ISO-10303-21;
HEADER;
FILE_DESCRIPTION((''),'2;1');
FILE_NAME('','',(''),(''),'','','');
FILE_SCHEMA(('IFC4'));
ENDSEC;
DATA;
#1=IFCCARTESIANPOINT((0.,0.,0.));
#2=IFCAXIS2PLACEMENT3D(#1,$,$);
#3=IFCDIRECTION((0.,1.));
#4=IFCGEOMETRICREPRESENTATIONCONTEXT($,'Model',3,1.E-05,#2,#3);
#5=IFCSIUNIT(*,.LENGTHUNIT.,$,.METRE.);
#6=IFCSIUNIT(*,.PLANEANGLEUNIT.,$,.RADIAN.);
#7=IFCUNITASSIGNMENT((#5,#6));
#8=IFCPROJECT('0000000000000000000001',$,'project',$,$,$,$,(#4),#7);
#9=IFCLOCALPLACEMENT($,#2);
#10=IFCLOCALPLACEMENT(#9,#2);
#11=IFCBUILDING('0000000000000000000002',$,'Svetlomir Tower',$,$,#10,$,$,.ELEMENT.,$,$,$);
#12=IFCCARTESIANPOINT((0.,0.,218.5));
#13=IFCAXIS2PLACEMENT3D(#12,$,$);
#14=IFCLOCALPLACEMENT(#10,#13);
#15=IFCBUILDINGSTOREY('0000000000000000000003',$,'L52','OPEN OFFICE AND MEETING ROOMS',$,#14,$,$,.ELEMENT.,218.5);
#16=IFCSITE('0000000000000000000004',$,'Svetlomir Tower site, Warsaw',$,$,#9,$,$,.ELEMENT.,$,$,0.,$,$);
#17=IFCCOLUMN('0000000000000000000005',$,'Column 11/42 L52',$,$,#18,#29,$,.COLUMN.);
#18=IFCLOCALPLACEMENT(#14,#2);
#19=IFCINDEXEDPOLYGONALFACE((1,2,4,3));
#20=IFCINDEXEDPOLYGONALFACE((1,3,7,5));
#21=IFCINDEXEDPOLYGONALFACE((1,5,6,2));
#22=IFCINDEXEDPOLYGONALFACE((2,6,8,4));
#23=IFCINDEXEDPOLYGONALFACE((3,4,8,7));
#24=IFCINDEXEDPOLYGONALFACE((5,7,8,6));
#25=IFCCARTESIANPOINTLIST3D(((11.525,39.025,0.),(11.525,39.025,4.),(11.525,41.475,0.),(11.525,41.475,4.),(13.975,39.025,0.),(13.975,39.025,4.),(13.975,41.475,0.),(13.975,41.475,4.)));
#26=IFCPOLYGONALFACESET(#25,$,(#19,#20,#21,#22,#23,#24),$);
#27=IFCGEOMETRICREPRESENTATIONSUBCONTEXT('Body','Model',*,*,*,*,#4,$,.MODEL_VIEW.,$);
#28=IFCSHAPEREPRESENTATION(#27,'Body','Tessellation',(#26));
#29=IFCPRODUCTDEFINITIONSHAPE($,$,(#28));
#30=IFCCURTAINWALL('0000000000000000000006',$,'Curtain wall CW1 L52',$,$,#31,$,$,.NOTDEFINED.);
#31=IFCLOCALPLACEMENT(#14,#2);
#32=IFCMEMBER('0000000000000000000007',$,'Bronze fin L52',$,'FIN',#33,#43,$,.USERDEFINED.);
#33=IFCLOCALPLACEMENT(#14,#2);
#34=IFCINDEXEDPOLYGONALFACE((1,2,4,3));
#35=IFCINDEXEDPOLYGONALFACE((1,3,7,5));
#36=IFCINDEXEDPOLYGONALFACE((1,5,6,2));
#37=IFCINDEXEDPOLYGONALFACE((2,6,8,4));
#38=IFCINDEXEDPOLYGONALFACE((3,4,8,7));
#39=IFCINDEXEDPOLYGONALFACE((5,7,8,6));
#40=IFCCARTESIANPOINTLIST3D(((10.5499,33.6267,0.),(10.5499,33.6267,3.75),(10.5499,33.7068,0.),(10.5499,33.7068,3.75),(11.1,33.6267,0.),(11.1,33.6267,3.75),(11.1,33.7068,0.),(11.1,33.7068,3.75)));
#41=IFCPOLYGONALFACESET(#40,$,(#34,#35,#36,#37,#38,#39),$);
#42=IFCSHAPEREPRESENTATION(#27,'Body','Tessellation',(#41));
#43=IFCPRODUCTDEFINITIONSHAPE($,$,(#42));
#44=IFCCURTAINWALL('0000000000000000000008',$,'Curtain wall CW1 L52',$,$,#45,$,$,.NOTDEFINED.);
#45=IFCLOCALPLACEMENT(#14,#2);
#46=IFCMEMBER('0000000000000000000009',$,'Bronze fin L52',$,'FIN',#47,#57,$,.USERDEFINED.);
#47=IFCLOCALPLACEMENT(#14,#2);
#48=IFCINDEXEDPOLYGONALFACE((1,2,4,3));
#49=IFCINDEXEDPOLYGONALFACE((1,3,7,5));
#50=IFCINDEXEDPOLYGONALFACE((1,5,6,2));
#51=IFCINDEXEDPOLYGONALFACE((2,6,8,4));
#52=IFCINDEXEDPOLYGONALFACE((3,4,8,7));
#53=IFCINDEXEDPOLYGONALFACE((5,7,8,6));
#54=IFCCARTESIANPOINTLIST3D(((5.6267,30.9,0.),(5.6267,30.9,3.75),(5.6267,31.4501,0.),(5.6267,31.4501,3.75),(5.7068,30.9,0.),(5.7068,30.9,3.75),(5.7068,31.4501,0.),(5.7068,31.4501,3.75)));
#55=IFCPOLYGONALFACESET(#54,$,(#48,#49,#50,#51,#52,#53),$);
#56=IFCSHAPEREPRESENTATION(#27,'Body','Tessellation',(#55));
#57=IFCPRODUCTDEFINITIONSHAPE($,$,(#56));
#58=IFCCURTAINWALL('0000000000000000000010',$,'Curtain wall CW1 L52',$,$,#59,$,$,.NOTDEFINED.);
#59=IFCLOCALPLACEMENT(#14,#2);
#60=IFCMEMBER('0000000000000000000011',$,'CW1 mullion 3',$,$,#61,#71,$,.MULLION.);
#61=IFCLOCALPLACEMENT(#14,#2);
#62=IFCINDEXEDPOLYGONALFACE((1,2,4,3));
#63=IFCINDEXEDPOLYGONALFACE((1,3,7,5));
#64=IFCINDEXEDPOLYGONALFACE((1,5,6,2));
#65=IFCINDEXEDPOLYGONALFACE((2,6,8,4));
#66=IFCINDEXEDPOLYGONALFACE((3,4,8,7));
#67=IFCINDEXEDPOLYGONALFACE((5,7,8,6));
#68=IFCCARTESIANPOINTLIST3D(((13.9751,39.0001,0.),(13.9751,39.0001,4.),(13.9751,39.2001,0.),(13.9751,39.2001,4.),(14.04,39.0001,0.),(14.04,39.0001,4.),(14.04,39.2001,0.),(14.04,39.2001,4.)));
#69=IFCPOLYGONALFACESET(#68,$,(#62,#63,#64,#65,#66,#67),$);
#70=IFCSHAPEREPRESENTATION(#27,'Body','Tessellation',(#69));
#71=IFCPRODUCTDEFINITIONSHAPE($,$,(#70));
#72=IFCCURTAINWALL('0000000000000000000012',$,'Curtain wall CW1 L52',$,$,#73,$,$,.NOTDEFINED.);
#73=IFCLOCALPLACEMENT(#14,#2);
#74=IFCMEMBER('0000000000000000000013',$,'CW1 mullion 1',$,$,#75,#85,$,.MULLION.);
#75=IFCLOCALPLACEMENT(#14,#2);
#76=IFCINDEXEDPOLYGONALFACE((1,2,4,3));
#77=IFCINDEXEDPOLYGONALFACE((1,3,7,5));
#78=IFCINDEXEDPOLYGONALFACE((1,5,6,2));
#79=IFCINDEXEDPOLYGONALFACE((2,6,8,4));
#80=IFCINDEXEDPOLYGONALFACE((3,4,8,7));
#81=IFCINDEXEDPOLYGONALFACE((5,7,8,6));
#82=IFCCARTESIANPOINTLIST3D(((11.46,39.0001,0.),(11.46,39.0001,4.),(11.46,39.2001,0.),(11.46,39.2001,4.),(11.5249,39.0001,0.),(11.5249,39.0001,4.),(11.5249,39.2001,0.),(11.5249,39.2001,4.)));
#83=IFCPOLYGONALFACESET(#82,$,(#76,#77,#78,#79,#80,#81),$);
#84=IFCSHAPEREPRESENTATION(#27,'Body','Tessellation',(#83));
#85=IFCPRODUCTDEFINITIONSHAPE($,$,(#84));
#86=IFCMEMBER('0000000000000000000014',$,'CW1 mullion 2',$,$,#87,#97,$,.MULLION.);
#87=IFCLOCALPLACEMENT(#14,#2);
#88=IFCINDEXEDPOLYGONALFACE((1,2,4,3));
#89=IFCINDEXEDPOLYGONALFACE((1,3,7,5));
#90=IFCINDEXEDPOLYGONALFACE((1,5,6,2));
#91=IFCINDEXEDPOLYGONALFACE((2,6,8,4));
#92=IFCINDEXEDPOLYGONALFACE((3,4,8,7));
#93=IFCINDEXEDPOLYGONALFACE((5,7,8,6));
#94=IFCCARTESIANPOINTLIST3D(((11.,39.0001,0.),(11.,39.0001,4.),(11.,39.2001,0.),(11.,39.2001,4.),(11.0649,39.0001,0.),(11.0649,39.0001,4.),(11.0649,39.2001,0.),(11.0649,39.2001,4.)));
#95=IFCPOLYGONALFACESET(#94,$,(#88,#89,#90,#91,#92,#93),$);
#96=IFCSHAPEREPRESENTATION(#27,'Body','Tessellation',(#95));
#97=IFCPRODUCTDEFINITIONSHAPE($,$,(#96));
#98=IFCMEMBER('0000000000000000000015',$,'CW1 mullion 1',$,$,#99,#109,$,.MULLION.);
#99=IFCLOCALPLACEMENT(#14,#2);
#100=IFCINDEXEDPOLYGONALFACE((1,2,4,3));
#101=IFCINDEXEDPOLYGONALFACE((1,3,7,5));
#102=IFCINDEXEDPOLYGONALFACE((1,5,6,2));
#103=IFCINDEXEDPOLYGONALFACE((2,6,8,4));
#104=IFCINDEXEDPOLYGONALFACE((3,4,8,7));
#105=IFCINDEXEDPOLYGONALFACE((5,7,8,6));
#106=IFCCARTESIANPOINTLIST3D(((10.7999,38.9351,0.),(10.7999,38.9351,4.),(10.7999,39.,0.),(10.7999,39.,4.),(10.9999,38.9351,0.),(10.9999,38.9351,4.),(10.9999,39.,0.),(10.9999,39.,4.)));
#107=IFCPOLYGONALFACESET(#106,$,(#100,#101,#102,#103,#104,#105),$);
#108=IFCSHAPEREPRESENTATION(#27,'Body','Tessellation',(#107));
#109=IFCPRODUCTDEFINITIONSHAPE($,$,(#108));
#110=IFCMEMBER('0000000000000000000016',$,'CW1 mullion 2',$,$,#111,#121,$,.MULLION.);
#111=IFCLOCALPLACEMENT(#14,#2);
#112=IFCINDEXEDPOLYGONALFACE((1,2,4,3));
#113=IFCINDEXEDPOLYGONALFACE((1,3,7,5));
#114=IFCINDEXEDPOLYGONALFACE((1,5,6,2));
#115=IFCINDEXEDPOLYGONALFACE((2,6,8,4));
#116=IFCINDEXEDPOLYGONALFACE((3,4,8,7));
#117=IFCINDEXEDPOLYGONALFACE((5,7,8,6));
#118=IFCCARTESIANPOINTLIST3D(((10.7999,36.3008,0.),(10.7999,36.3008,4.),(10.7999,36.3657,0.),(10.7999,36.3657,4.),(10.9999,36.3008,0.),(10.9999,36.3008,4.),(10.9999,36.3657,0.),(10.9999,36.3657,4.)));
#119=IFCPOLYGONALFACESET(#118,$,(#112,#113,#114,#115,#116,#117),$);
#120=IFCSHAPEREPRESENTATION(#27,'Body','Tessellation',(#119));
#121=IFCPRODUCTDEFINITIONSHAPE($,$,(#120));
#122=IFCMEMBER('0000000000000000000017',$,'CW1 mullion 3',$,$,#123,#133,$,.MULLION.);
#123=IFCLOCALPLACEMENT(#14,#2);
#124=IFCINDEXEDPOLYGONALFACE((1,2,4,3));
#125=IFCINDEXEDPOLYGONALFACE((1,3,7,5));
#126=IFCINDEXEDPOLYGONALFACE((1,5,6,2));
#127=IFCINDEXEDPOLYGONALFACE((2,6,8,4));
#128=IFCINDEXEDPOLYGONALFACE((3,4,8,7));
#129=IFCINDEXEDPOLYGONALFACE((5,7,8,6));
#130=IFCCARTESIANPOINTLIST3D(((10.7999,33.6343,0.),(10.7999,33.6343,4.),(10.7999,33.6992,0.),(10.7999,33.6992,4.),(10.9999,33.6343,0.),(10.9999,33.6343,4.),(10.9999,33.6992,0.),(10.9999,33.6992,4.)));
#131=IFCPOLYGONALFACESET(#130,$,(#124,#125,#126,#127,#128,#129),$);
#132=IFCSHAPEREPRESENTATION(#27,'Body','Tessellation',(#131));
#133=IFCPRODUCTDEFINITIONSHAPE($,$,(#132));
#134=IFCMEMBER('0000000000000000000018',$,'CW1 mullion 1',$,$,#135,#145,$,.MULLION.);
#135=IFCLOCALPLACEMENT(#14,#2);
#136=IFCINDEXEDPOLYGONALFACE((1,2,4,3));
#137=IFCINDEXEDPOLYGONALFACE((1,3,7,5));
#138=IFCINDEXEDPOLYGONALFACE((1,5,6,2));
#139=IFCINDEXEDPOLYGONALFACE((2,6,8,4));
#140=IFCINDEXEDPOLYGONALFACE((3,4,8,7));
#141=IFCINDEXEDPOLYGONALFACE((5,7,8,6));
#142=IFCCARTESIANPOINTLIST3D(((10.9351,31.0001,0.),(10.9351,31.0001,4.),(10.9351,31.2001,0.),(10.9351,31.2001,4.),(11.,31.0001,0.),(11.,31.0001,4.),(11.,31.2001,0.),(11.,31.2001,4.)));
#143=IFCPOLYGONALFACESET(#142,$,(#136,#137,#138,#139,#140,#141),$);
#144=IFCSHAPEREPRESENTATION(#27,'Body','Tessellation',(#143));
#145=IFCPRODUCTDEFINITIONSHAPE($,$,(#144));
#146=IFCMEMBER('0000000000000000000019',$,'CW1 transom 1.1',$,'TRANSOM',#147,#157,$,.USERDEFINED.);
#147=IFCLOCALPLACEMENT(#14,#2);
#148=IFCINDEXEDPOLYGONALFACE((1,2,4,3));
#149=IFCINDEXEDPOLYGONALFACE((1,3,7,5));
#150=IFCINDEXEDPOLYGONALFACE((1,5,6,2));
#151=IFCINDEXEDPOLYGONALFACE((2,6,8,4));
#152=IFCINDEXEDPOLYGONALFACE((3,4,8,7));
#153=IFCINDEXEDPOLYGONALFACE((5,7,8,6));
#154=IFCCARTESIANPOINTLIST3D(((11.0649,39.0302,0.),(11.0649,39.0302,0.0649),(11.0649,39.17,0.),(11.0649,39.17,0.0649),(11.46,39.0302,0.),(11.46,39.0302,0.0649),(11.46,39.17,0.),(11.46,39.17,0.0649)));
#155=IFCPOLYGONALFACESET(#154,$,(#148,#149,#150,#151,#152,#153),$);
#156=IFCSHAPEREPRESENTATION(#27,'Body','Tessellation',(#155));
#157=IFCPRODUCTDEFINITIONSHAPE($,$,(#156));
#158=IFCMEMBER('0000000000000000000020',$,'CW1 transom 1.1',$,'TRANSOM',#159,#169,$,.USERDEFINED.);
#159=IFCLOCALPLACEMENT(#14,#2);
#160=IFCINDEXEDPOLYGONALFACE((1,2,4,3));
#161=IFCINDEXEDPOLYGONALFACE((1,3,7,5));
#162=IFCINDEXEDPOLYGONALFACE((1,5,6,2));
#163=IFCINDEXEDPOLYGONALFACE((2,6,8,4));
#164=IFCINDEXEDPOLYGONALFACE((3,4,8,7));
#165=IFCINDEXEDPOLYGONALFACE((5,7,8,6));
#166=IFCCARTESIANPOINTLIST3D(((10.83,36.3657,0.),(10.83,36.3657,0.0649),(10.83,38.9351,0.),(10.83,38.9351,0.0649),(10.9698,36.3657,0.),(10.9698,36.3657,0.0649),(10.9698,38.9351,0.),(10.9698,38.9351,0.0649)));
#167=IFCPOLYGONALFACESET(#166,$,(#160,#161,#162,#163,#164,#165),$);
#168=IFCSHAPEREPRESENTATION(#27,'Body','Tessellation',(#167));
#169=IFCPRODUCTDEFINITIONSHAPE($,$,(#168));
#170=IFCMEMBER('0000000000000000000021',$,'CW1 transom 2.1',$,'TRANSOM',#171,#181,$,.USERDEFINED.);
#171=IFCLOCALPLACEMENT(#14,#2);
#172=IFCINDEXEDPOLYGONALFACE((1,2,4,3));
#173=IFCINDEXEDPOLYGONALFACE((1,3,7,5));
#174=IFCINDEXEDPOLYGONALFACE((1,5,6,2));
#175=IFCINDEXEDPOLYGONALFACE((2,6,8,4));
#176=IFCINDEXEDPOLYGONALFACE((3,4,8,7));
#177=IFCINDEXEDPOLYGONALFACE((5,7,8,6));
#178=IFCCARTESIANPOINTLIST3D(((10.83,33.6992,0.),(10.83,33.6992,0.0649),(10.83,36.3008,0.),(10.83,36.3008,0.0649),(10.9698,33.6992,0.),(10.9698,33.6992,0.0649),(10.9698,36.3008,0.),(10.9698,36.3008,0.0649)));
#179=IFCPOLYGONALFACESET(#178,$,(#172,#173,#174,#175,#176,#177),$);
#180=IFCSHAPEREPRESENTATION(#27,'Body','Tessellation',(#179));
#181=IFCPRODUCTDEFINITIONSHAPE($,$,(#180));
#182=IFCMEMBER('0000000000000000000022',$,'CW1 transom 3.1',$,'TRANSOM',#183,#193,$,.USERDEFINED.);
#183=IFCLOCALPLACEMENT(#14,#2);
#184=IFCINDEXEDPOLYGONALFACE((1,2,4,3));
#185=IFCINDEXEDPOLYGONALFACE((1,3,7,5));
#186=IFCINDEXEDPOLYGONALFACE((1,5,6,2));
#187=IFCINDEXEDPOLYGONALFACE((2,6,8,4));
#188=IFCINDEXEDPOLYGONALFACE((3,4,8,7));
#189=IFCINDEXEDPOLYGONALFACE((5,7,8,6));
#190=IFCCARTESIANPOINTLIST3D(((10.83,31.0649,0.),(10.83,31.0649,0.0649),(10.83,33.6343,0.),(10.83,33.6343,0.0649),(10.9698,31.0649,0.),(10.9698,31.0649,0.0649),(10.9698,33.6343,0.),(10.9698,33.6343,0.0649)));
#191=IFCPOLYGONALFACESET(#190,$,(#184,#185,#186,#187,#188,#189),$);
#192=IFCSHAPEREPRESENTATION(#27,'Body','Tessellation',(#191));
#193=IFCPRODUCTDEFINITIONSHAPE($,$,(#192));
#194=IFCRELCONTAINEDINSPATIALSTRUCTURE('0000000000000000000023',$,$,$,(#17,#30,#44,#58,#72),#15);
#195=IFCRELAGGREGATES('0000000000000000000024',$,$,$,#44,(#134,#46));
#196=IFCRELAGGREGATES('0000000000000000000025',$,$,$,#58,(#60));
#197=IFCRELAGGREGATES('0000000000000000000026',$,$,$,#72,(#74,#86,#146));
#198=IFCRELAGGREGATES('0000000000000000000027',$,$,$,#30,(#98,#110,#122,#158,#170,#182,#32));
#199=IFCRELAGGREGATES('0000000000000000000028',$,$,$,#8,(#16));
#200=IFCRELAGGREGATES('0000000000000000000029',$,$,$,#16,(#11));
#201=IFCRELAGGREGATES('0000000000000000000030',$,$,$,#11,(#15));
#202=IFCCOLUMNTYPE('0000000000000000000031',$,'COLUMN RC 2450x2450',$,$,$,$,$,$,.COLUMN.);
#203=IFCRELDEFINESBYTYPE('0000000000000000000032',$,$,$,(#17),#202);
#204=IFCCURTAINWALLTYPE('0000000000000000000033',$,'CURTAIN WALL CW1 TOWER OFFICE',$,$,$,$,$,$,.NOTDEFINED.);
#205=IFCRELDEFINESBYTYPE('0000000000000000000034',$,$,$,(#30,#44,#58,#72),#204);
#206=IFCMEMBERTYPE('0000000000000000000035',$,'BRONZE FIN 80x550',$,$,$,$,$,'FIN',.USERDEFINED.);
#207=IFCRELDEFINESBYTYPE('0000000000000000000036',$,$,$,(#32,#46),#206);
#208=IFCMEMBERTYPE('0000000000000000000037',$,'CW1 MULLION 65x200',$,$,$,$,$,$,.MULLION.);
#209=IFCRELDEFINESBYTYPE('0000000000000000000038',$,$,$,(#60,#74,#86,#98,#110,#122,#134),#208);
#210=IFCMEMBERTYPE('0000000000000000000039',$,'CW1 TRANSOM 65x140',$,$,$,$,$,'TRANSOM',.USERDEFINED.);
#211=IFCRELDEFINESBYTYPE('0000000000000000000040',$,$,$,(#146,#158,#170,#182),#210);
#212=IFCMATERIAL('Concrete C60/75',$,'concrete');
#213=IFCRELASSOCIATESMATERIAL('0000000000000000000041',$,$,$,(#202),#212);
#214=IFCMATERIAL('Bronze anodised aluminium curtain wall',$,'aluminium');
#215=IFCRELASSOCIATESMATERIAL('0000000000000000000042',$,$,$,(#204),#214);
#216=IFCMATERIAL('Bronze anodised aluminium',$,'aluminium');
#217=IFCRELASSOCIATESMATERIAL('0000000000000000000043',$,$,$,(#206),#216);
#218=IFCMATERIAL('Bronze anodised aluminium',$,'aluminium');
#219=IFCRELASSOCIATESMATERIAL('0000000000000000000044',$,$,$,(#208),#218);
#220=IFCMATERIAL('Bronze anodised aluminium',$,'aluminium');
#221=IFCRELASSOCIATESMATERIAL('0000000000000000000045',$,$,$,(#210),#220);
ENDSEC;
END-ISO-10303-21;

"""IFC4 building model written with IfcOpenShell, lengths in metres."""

from ifc_helpers import new_model, si_unit, direction, frame, origin, origin_2d, place, context, subcontext, project, spatial, rectangle, extrude, material, material_profile, profile_set, type_object, element, aggregate, save


model = new_model("IFC4")

# Units and contexts
model_context = context("Model", 3, precision=1e-05, world=origin(), true_north=direction((0.0, 1.0)))
body_context = subcontext(model_context, "Body", "Model", "MODEL_VIEW")
ifc_project = project(units=[si_unit("LENGTHUNIT", "METRE"), si_unit("PLANEANGLEUNIT", "RADIAN")], contexts=[model_context])

# Site, building, storey
site_placement = place(None, origin())
site = spatial("IfcSite", under=ifc_project, at=site_placement, Name="Svetlomir Tower site, Warsaw", CompositionType="ELEMENT", RefElevation=0.0)
building_placement = place(site_placement, origin())
building = spatial("IfcBuilding", under=site, at=building_placement, Name="Svetlomir Tower", CompositionType="ELEMENT")
storey_placement = place(building_placement, frame((0.0, 0.0, 218.5)))
storey = spatial("IfcBuildingStorey", under=building, at=storey_placement, Name="L52", Description="OPEN OFFICE AND MEETING ROOMS", CompositionType="ELEMENT", Elevation=218.5)

# Column
ifc_material_1 = material(Name="Concrete C60/75", Category="concrete")
ifc_material_profile_1 = material_profile(ifc_material_1, rectangle(XDim=2.45, YDim=2.45, at=origin_2d()), Name="RC 2450x2450")
ifc_profile_set_1 = profile_set([ifc_material_profile_1], Name="Concrete C60/75")
column_type = type_object("IfcColumnType", Name="COLUMN RC 2450x2450", PredefinedType="COLUMN", material=ifc_profile_set_1)
column_placement = place(storey_placement, frame((12.75, 40.25, 0.0), z_axis=(0.0, 0.0, 1.0), x_axis=(1.0, 0.0, 0.0)))
element("IfcColumn", 1, at=column_placement, inside=storey, type_object=column_type, Name="Column 11/42 L52", PredefinedType="COLUMN", context=body_context, shape_type="SweptSolid", body=[
    extrude(rectangle(XDim=2.45, YDim=2.45, at=origin_2d()), origin(), (0.0, 0.0, 1.0), 4.0),
])

# Curtain walls, members
ifc_material_2 = material(Name="Bronze anodised aluminium curtain wall", Category="aluminium")
curtain_wall_type = type_object("IfcCurtainWallType", Name="CURTAIN WALL CW1 TOWER OFFICE", PredefinedType="NOTDEFINED", material=ifc_material_2)
curtain_wall_1_placement = place(storey_placement, origin())
curtain_wall_1 = element("IfcCurtainWall", 2, at=curtain_wall_1_placement, inside=storey, type_object=curtain_wall_type, Name="Curtain wall CW1 L52", PredefinedType="NOTDEFINED")
ifc_material_3 = material(Name="Bronze anodised aluminium", Category="aluminium")
ifc_material_profile_2 = material_profile(ifc_material_3, rectangle(XDim=0.0801, YDim=0.55, at=origin_2d()), Name="FIN 80x550")
ifc_profile_set_2 = profile_set([ifc_material_profile_2], Name="Bronze anodised aluminium 6063-T6")
member_type_1 = type_object("IfcMemberType", Name="BRONZE FIN 80x550", ElementType="FIN", PredefinedType="USERDEFINED", material=ifc_profile_set_2)
member_1_placement = place(storey_placement, frame((10.825, 33.6667, 0.0), z_axis=(0.0, 0.0, 1.0), x_axis=(0.0, 1.0, 0.0)))
member_1 = element("IfcMember", 3, at=member_1_placement, type_object=member_type_1, Name="Bronze fin L52", ObjectType="FIN", PredefinedType="USERDEFINED", context=body_context, shape_type="SweptSolid", body=[
    extrude(rectangle(XDim=0.0801, YDim=0.55, at=origin_2d()), origin(), (0.0, 0.0, 1.0), 3.75),
])
curtain_wall_2_placement = place(storey_placement, origin())
curtain_wall_2 = element("IfcCurtainWall", 4, at=curtain_wall_2_placement, inside=storey, type_object=curtain_wall_type, Name="Curtain wall CW1 L52", PredefinedType="NOTDEFINED")
member_2_placement = place(storey_placement, frame((5.6667, 31.175, 0.0), z_axis=(0.0, 0.0, 1.0), x_axis=(1.0, 0.0, 0.0)))
member_2 = element("IfcMember", 5, at=member_2_placement, type_object=member_type_1, Name="Bronze fin L52", ObjectType="FIN", PredefinedType="USERDEFINED", context=body_context, shape_type="SweptSolid", body=[
    extrude(rectangle(XDim=0.0801, YDim=0.55, at=origin_2d()), origin(), (0.0, 0.0, 1.0), 3.75),
])
curtain_wall_3_placement = place(storey_placement, origin())
curtain_wall_3 = element("IfcCurtainWall", 6, at=curtain_wall_3_placement, inside=storey, type_object=curtain_wall_type, Name="Curtain wall CW1 L52", PredefinedType="NOTDEFINED")
ifc_material_4 = material(Name="Bronze anodised aluminium", Category="aluminium")
ifc_material_profile_3 = material_profile(ifc_material_4, rectangle(XDim=0.0649, YDim=0.2, at=origin_2d()), Name="AL 65x200")
ifc_profile_set_3 = profile_set([ifc_material_profile_3], Name="Bronze anodised aluminium 6063-T6")
member_type_2 = type_object("IfcMemberType", Name="CW1 MULLION 65x200", PredefinedType="MULLION", material=ifc_profile_set_3)
member_3_placement = place(storey_placement, frame((14.0076, 39.1001, 0.0), z_axis=(0.0, 0.0, 1.0), x_axis=(-1.0, 0.0, 0.0)))
member_3 = element("IfcMember", 7, at=member_3_placement, type_object=member_type_2, Name="CW1 mullion 3", PredefinedType="MULLION", context=body_context, shape_type="SweptSolid", body=[
    extrude(rectangle(XDim=0.0649, YDim=0.2, at=origin_2d()), origin(), (0.0, 0.0, 1.0), 4.0),
])

# Curtain wall, members
curtain_wall_4_placement = place(storey_placement, origin())
curtain_wall_4 = element("IfcCurtainWall", 8, at=curtain_wall_4_placement, inside=storey, type_object=curtain_wall_type, Name="Curtain wall CW1 L52", PredefinedType="NOTDEFINED")
member_4_placement = place(storey_placement, frame((11.4924, 39.1001, 0.0), z_axis=(0.0, 0.0, 1.0), x_axis=(-1.0, 0.0, 0.0)))
member_4 = element("IfcMember", 9, at=member_4_placement, type_object=member_type_2, Name="CW1 mullion 1", PredefinedType="MULLION", context=body_context, shape_type="SweptSolid", body=[
    extrude(rectangle(XDim=0.0649, YDim=0.2, at=origin_2d()), origin(), (0.0, 0.0, 1.0), 4.0),
])
member_5_placement = place(storey_placement, frame((11.0325, 39.1001, 0.0), z_axis=(0.0, 0.0, 1.0), x_axis=(-1.0, 0.0, 0.0)))
member_5 = element("IfcMember", 10, at=member_5_placement, type_object=member_type_2, Name="CW1 mullion 2", PredefinedType="MULLION", context=body_context, shape_type="SweptSolid", body=[
    extrude(rectangle(XDim=0.0649, YDim=0.2, at=origin_2d()), origin(), (0.0, 0.0, 1.0), 4.0),
])

# Members
member_6_placement = place(storey_placement, frame((10.8999, 38.9675, 0.0), z_axis=(0.0, 0.0, 1.0), x_axis=(0.0, -1.0, 0.0)))
member_6 = element("IfcMember", 11, at=member_6_placement, type_object=member_type_2, Name="CW1 mullion 1", PredefinedType="MULLION", context=body_context, shape_type="SweptSolid", body=[
    extrude(rectangle(XDim=0.0649, YDim=0.2, at=origin_2d()), origin(), (0.0, 0.0, 1.0), 4.0),
])
member_7_placement = place(storey_placement, frame((10.8999, 36.3333, 0.0), z_axis=(0.0, 0.0, 1.0), x_axis=(0.0, -1.0, 0.0)))
member_7 = element("IfcMember", 12, at=member_7_placement, type_object=member_type_2, Name="CW1 mullion 2", PredefinedType="MULLION", context=body_context, shape_type="SweptSolid", body=[
    extrude(rectangle(XDim=0.0649, YDim=0.2, at=origin_2d()), origin(), (0.0, 0.0, 1.0), 4.0),
])
member_8_placement = place(storey_placement, frame((10.8999, 33.6667, 0.0), z_axis=(0.0, 0.0, 1.0), x_axis=(0.0, -1.0, 0.0)))
member_8 = element("IfcMember", 13, at=member_8_placement, type_object=member_type_2, Name="CW1 mullion 3", PredefinedType="MULLION", context=body_context, shape_type="SweptSolid", body=[
    extrude(rectangle(XDim=0.0649, YDim=0.2, at=origin_2d()), origin(), (0.0, 0.0, 1.0), 4.0),
])
member_9_placement = place(storey_placement, frame((10.9675, 31.1001, 0.0), z_axis=(0.0, 0.0, 1.0), x_axis=(-1.0, 0.0, 0.0)))
member_9 = element("IfcMember", 14, at=member_9_placement, type_object=member_type_2, Name="CW1 mullion 1", PredefinedType="MULLION", context=body_context, shape_type="SweptSolid", body=[
    extrude(rectangle(XDim=0.0649, YDim=0.2, at=origin_2d()), origin(), (0.0, 0.0, 1.0), 4.0),
])
aggregate(curtain_wall_2, [member_9, member_2])
ifc_material_5 = material(Name="Bronze anodised aluminium", Category="aluminium")
ifc_material_profile_4 = material_profile(ifc_material_5, rectangle(XDim=0.1399, YDim=0.0649, at=origin_2d()), Name="AL 140x65")
ifc_profile_set_4 = profile_set([ifc_material_profile_4], Name="Bronze anodised aluminium 6063-T6")
member_type_3 = type_object("IfcMemberType", Name="CW1 TRANSOM 65x140", ElementType="TRANSOM", PredefinedType="USERDEFINED", material=ifc_profile_set_4)
member_10_placement = place(storey_placement, frame((11.46, 39.1001, 0.0325), z_axis=(-1.0, 0.0, 0.0), x_axis=(0.0, -1.0, 0.0)))
member_10 = element("IfcMember", 15, at=member_10_placement, type_object=member_type_3, Name="CW1 transom 1.1", ObjectType="TRANSOM", PredefinedType="USERDEFINED", context=body_context, shape_type="SweptSolid", body=[
    extrude(rectangle(XDim=0.1399, YDim=0.0649, at=origin_2d()), origin(), (0.0, 0.0, 1.0), 0.395),
])
member_11_placement = place(storey_placement, frame((10.8999, 38.9351, 0.0325), z_axis=(0.0, -1.0, 0.0), x_axis=(1.0, 0.0, 0.0)))
member_11 = element("IfcMember", 16, at=member_11_placement, type_object=member_type_3, Name="CW1 transom 1.1", ObjectType="TRANSOM", PredefinedType="USERDEFINED", context=body_context, shape_type="SweptSolid", body=[
    extrude(rectangle(XDim=0.1399, YDim=0.0649, at=origin_2d()), origin(), (0.0, 0.0, 1.0), 2.5693),
])
member_12_placement = place(storey_placement, frame((10.8999, 36.3008, 0.0325), z_axis=(0.0, -1.0, 0.0), x_axis=(1.0, 0.0, 0.0)))
member_12 = element("IfcMember", 17, at=member_12_placement, type_object=member_type_3, Name="CW1 transom 2.1", ObjectType="TRANSOM", PredefinedType="USERDEFINED", context=body_context, shape_type="SweptSolid", body=[
    extrude(rectangle(XDim=0.1399, YDim=0.0649, at=origin_2d()), origin(), (0.0, 0.0, 1.0), 2.6016),
])
member_13_placement = place(storey_placement, frame((10.8999, 33.6343, 0.0325), z_axis=(0.0, -1.0, 0.0), x_axis=(1.0, 0.0, 0.0)))
member_13 = element("IfcMember", 18, at=member_13_placement, type_object=member_type_3, Name="CW1 transom 3.1", ObjectType="TRANSOM", PredefinedType="USERDEFINED", context=body_context, shape_type="SweptSolid", body=[
    extrude(rectangle(XDim=0.1399, YDim=0.0649, at=origin_2d()), origin(), (0.0, 0.0, 1.0), 2.5693),
])

aggregate(curtain_wall_3, [member_3])
aggregate(curtain_wall_4, [member_4, member_5, member_10])
aggregate(curtain_wall_1, [member_6, member_7, member_8, member_11, member_12, member_13, member_1])

save(model, "model.ifc")
